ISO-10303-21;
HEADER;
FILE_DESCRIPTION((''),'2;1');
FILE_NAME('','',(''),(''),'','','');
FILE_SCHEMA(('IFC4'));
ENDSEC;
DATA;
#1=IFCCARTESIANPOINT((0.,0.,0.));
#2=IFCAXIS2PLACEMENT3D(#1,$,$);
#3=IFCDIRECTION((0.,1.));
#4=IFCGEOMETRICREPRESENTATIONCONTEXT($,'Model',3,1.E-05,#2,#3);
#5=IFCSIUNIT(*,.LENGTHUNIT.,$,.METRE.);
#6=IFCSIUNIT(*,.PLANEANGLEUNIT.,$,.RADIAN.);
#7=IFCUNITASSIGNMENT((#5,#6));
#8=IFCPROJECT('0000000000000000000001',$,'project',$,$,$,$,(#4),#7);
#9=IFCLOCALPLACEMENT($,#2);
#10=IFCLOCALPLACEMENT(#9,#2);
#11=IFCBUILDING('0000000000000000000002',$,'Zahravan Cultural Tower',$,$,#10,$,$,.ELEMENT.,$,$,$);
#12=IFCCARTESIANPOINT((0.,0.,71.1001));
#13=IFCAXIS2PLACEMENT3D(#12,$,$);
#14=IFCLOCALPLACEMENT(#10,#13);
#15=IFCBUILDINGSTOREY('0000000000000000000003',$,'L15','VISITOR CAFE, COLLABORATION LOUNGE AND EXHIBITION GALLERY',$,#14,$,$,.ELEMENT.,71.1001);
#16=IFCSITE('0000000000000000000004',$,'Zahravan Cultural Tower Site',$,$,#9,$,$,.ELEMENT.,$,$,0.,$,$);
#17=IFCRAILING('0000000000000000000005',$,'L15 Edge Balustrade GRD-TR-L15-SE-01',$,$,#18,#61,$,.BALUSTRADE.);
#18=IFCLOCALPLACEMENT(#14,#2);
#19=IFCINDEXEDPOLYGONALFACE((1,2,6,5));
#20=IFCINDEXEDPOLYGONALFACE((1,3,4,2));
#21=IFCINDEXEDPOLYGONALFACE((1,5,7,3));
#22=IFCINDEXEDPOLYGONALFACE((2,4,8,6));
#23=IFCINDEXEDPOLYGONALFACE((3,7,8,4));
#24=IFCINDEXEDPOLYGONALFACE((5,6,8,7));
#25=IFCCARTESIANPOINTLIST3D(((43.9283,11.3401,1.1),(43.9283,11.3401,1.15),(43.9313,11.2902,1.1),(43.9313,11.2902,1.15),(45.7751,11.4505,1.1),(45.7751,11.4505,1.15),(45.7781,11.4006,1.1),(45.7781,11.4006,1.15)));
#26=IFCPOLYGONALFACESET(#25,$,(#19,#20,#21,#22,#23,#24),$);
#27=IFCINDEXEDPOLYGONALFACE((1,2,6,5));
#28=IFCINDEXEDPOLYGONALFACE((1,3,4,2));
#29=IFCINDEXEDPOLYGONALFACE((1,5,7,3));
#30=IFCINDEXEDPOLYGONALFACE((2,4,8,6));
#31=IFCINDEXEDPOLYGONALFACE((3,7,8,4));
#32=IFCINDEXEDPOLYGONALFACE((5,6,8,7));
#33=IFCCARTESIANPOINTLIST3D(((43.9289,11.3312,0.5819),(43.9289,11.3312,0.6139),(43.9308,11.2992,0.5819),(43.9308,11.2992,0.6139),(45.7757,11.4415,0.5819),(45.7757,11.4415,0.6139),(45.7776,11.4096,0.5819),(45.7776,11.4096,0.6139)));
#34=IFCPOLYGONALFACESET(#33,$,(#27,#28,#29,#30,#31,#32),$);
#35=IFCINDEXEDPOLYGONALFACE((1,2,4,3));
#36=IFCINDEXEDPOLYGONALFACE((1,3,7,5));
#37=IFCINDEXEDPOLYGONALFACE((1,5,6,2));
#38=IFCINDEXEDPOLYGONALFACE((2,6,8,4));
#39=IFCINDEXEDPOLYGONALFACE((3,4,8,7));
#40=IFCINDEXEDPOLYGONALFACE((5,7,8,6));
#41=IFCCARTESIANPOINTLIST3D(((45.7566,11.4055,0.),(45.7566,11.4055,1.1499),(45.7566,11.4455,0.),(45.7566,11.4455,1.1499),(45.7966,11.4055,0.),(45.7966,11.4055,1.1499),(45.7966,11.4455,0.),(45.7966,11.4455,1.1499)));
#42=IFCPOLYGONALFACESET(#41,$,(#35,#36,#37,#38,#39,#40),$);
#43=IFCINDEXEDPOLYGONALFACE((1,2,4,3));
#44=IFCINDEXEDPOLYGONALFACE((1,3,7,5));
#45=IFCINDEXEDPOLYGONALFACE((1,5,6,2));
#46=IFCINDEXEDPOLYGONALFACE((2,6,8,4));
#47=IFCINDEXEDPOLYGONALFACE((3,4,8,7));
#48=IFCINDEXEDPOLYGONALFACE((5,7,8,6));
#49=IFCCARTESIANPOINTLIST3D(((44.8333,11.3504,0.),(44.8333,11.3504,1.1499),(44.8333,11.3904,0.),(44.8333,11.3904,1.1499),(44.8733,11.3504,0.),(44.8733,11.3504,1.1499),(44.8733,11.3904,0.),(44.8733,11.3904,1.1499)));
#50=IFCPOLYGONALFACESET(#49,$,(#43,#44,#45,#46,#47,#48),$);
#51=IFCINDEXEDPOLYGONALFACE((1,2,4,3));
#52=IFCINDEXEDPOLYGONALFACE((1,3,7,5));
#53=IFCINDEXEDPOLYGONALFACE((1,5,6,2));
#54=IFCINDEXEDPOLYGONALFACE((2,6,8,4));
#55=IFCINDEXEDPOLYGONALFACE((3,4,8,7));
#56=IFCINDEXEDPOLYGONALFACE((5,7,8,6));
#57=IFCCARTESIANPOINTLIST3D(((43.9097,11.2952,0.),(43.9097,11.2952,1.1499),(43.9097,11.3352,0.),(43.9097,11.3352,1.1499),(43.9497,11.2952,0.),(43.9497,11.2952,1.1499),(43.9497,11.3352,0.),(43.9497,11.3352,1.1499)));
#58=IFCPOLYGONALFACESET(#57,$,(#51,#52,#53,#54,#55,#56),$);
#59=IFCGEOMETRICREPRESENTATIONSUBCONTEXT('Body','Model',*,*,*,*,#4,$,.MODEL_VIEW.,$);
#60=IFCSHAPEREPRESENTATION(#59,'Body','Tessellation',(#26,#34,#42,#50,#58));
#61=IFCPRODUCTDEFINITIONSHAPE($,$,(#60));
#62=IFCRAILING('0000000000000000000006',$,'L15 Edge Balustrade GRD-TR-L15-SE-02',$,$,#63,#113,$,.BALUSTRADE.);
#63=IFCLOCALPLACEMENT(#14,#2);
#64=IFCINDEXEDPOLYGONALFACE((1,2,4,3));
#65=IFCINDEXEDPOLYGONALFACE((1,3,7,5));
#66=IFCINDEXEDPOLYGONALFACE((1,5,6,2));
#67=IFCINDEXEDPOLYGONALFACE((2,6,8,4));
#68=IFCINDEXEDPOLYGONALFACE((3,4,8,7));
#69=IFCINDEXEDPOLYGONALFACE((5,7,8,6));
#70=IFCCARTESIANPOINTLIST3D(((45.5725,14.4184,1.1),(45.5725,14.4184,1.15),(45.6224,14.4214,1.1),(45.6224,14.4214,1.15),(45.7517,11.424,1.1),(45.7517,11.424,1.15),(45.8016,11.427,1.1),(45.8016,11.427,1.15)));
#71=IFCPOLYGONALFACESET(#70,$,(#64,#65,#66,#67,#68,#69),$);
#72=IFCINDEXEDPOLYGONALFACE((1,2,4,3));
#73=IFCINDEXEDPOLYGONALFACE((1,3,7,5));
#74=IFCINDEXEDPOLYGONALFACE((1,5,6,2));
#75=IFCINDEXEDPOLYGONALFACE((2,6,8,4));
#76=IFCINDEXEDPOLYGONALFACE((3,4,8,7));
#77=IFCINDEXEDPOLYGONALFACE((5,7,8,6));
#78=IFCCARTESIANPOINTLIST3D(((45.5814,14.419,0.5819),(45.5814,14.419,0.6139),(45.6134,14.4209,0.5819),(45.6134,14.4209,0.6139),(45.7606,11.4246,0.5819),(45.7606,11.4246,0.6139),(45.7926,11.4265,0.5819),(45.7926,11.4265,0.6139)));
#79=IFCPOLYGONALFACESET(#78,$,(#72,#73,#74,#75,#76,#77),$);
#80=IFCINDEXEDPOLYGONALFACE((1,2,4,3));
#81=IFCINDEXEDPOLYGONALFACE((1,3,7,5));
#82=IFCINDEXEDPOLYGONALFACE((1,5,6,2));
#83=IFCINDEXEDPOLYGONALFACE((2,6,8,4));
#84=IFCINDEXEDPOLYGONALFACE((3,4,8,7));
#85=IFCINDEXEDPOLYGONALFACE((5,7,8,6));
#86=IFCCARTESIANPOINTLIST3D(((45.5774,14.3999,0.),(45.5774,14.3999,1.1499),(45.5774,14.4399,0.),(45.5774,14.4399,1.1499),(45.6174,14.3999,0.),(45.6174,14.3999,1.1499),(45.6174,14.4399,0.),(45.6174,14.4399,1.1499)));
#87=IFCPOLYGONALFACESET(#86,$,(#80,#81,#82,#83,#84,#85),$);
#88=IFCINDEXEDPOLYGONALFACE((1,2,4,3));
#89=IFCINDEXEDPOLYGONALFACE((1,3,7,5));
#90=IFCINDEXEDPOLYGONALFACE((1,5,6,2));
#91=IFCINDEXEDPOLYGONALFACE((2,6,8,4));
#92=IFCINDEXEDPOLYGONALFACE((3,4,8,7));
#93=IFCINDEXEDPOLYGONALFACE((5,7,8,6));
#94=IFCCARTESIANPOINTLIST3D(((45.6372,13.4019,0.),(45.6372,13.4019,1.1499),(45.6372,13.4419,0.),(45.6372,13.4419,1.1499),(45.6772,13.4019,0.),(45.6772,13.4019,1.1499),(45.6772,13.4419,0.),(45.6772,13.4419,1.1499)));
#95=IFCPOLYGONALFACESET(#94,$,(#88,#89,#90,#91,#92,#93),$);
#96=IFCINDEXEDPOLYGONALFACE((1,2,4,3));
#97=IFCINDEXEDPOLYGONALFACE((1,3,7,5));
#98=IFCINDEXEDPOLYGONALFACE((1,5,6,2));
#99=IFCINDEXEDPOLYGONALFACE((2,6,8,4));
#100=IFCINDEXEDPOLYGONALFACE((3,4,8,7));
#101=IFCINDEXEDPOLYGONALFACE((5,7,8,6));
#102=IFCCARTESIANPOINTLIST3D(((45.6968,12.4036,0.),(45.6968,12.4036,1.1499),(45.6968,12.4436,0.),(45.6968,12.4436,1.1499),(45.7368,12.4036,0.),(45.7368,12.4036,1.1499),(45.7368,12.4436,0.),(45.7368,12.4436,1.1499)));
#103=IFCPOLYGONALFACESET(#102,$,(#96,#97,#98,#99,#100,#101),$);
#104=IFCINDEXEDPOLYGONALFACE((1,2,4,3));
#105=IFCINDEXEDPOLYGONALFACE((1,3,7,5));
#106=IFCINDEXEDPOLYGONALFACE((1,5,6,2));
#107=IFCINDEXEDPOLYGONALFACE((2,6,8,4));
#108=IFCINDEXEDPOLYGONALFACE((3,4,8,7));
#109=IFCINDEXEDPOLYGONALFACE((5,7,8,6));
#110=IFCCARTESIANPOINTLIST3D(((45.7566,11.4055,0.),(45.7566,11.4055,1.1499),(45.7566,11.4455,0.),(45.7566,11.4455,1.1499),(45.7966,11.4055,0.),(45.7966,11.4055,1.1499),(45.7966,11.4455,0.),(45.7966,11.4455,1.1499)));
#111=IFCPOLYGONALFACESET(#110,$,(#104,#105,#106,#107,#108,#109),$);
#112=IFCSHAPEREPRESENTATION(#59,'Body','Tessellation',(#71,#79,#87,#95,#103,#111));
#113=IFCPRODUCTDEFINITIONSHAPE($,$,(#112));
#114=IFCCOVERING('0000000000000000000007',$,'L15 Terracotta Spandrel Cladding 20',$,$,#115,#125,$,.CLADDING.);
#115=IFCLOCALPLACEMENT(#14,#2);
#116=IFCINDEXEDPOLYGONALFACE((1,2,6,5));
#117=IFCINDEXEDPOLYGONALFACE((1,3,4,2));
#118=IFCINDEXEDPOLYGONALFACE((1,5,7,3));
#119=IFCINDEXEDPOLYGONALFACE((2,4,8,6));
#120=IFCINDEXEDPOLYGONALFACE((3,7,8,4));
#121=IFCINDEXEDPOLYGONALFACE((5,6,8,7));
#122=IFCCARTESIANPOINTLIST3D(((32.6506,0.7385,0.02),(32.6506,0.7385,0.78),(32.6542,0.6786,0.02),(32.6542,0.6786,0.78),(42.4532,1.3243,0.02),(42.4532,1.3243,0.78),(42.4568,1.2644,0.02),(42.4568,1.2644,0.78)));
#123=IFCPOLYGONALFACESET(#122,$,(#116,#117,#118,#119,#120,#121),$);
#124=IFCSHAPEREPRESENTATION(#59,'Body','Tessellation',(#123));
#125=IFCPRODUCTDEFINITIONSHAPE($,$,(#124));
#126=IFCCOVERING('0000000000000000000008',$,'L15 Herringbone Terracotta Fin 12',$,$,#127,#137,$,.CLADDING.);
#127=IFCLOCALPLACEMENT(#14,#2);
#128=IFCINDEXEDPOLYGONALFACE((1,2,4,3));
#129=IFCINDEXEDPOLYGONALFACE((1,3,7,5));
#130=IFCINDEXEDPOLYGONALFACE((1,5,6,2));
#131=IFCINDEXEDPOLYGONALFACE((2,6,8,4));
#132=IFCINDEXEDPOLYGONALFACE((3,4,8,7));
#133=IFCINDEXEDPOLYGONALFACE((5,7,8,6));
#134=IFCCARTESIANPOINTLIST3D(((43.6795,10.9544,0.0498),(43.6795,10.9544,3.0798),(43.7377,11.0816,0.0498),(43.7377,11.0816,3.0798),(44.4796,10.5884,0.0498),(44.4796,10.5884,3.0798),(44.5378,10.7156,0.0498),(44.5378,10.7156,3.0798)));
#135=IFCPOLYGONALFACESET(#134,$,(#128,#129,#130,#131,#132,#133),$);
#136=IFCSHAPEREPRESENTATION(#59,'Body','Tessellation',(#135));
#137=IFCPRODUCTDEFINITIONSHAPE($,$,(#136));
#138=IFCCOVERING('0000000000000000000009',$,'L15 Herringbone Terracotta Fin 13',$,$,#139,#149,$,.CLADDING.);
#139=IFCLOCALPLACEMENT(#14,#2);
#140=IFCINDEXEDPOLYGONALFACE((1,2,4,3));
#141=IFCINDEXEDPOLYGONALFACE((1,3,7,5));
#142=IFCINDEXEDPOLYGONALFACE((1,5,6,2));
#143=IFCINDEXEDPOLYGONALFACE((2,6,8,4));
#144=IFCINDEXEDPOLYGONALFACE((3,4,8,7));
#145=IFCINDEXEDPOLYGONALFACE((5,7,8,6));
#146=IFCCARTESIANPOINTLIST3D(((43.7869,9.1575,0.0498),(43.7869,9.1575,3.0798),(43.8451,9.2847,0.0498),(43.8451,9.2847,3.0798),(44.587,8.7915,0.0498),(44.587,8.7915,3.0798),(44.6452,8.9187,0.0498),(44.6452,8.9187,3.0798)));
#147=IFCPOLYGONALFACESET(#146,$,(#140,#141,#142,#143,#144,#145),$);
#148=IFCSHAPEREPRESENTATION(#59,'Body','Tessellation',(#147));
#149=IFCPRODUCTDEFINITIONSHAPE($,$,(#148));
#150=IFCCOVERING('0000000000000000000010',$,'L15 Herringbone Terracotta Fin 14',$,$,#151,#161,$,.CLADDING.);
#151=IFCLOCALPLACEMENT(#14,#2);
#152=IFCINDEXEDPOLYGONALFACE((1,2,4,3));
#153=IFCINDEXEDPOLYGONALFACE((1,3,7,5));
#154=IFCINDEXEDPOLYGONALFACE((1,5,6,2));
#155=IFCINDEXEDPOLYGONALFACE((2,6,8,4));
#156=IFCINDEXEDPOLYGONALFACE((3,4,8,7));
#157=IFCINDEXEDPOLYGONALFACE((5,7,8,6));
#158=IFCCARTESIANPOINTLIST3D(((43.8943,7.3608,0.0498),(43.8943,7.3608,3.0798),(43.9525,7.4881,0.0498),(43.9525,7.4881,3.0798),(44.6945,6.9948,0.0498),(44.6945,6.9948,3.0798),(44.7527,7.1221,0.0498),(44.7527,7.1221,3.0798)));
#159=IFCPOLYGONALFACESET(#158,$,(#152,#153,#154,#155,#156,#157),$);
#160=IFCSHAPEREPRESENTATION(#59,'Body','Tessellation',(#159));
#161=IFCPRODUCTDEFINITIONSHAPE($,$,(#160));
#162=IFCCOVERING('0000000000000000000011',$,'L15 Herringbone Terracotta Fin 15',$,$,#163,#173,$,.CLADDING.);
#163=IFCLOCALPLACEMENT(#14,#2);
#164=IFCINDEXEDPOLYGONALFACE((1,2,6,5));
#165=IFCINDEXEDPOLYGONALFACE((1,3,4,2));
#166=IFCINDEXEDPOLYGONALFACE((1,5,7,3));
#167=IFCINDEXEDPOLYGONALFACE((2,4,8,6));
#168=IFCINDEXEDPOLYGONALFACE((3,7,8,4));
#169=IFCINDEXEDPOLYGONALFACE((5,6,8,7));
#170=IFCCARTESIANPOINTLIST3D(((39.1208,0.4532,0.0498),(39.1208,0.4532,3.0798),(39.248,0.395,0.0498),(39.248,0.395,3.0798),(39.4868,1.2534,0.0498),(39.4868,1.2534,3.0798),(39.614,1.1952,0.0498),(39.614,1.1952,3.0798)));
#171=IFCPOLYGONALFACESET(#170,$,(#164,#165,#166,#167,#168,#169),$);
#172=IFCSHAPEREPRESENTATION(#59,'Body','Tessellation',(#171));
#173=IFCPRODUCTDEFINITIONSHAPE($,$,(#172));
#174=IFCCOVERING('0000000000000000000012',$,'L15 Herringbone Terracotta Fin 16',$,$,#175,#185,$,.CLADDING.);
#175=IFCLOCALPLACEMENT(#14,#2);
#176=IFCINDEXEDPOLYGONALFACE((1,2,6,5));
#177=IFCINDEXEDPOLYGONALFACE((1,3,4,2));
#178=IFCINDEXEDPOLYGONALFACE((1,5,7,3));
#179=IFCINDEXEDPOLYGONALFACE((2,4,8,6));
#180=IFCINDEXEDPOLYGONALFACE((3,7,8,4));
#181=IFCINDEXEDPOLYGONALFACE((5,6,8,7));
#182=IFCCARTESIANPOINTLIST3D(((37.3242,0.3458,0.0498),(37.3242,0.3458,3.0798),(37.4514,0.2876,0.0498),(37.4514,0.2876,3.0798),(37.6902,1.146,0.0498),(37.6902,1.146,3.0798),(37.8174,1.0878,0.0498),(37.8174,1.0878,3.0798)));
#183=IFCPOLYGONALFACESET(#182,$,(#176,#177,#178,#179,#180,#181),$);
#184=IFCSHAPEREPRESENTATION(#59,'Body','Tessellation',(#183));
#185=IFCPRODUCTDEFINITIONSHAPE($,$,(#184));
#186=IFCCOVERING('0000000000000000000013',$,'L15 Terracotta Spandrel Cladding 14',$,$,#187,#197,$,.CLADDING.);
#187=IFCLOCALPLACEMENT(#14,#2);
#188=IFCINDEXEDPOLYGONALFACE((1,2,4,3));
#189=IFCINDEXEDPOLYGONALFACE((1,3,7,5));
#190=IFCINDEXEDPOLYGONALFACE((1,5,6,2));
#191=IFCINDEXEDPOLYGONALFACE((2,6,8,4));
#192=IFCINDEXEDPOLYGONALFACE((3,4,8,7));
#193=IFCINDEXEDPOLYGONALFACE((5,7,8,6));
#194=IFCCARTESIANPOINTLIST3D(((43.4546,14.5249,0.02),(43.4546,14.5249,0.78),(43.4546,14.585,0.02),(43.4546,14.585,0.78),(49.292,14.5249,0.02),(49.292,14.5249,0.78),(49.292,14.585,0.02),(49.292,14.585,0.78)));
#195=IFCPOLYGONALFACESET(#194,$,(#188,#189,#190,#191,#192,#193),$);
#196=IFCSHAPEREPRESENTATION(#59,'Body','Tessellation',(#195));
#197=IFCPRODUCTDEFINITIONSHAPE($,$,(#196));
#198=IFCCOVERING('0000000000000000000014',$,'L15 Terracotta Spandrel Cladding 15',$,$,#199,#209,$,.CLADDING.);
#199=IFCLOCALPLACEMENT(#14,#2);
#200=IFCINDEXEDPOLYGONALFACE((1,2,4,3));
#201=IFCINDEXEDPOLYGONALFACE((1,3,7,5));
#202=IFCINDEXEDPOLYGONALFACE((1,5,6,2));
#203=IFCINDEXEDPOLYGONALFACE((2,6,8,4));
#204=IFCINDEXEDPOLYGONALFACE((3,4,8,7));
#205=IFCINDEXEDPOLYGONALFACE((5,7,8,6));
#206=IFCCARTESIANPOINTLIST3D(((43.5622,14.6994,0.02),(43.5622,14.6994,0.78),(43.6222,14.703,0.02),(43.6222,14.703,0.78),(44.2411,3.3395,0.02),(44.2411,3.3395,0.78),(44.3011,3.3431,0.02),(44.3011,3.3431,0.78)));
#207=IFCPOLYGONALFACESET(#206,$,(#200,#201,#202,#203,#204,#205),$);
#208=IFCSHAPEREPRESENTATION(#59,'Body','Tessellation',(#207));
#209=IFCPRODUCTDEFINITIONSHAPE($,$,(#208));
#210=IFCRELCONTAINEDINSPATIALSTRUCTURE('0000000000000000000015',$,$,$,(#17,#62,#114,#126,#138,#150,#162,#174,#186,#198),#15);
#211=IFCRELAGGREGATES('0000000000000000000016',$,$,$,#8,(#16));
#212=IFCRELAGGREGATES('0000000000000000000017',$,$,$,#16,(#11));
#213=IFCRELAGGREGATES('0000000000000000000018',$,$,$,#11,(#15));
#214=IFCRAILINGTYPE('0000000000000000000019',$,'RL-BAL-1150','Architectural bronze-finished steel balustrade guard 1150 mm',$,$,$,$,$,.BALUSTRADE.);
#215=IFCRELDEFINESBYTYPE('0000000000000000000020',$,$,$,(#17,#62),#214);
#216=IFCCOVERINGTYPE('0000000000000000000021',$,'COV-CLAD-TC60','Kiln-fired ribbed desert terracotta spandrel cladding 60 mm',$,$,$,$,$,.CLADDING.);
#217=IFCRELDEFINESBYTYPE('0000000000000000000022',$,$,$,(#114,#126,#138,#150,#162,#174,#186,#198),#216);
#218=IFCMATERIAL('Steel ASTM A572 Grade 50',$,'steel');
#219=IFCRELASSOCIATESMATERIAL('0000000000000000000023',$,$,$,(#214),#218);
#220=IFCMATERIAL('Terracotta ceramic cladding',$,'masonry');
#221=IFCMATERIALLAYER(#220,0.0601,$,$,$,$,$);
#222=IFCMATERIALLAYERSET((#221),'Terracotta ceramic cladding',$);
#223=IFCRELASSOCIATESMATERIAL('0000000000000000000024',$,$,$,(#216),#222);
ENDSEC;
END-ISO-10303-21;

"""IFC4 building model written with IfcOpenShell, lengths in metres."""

from ifc_helpers import new_model, si_unit, direction, frame, origin, origin_2d, place, context, subcontext, project, spatial, rectangle, extrude, source, transform, mapped, material, layer, layer_set, type_object, element, save


model = new_model("IFC4")

# Units and contexts
model_context = context("Model", 3, precision=1e-05, world=origin(), true_north=direction((0.0, 1.0)))
body_context = subcontext(model_context, "Body", "Model", "MODEL_VIEW")
ifc_project = project(units=[si_unit("LENGTHUNIT", "METRE"), si_unit("PLANEANGLEUNIT", "RADIAN")], contexts=[model_context])

# Site, building, storey
site_placement = place(None, origin())
site = spatial("IfcSite", under=ifc_project, at=site_placement, Name="Zahravan Cultural Tower Site", CompositionType="ELEMENT", RefElevation=0.0)
building_placement = place(site_placement, origin())
building = spatial("IfcBuilding", under=site, at=building_placement, Name="Zahravan Cultural Tower", CompositionType="ELEMENT")
storey_placement = place(building_placement, frame((0.0, 0.0, 71.1001)))
storey = spatial("IfcBuildingStorey", under=building, at=storey_placement, Name="L15", Description="VISITOR CAFE, COLLABORATION LOUNGE AND EXHIBITION GALLERY", CompositionType="ELEMENT", Elevation=71.1001)

# Shared definitions
ifc_material_1 = material(Name="Steel ASTM A572 Grade 50", Category="steel")

# Railings
railing_type = type_object("IfcRailingType", Name="RL-BAL-1150", Description="Architectural bronze-finished steel balustrade guard 1150 mm", PredefinedType="BALUSTRADE", material=ifc_material_1)
railing_1_placement = place(storey_placement, frame((45.7766, 11.4255, 0.0)))
element("IfcRailing", 1, at=railing_1_placement, inside=storey, type_object=railing_type, Name="L15 Edge Balustrade GRD-TR-L15-SE-01", PredefinedType="BALUSTRADE", context=body_context, shape_type="SweptSolid", body=[
    extrude(rectangle(XDim=0.05, YDim=0.05, at=origin_2d()), frame((0.0, 0.0, 1.125), z_axis=(-0.99822, -0.059642, 0.0), x_axis=(0.059642, -0.99822, 0.0)), (0.0, 0.0, 1.0), 1.8501),
    extrude(rectangle(XDim=0.032, YDim=0.032, at=origin_2d()), frame((0.0, 0.0, 0.5979), z_axis=(-0.99822, -0.059642, 0.0), x_axis=(0.059642, -0.99822, 0.0)), (0.0, 0.0, 1.0), 1.8501),
    extrude(rectangle(XDim=0.04, YDim=0.04, at=origin_2d()), origin(), (0.0, 0.0, 1.0), 1.1499),
    extrude(rectangle(XDim=0.04, YDim=0.04, at=origin_2d()), frame((-0.9233, -0.0552, 0.0)), (0.0, 0.0, 1.0), 1.1499),
    extrude(rectangle(XDim=0.04, YDim=0.04, at=origin_2d()), frame((-1.8469, -0.1104, 0.0)), (0.0, 0.0, 1.0), 1.1499),
])
railing_2_placement = place(storey_placement, frame((45.5974, 14.4199, 0.0)))
element("IfcRailing", 2, at=railing_2_placement, inside=storey, type_object=railing_type, Name="L15 Edge Balustrade GRD-TR-L15-SE-02", PredefinedType="BALUSTRADE", context=body_context, shape_type="SweptSolid", body=[
    extrude(rectangle(XDim=0.05, YDim=0.05, at=origin_2d()), frame((0.0, 0.0, 1.125), z_axis=(0.059738, -0.998214, 0.0), x_axis=(0.998214, 0.059738, 0.0)), (0.0, 0.0, 1.0), 2.9998),
    extrude(rectangle(XDim=0.032, YDim=0.032, at=origin_2d()), frame((0.0, 0.0, 0.5979), z_axis=(0.059738, -0.998214, 0.0), x_axis=(0.998214, 0.059738, 0.0)), (0.0, 0.0, 1.0), 2.9998),
    extrude(rectangle(XDim=0.04, YDim=0.04, at=origin_2d()), origin(), (0.0, 0.0, 1.0), 1.1499),
    extrude(rectangle(XDim=0.04, YDim=0.04, at=origin_2d()), frame((0.0598, -0.998, 0.0)), (0.0, 0.0, 1.0), 1.1499),
    extrude(rectangle(XDim=0.04, YDim=0.04, at=origin_2d()), frame((0.1194, -1.9963, 0.0)), (0.0, 0.0, 1.0), 1.1499),
    extrude(rectangle(XDim=0.04, YDim=0.04, at=origin_2d()), frame((0.1792, -2.9944, 0.0)), (0.0, 0.0, 1.0), 1.1499),
])

# Coverings
ifc_material_2 = material(Name="Terracotta ceramic cladding", Category="masonry")
ifc_layer_1 = layer(ifc_material_2, 0.0601)
ifc_layer_set_1 = layer_set([ifc_layer_1], Name="Terracotta ceramic cladding")
covering_type = type_object("IfcCoveringType", Name="COV-CLAD-TC60", Description="Kiln-fired ribbed desert terracotta spandrel cladding 60 mm", PredefinedType="CLADDING", material=ifc_layer_set_1)
shared_shape_1 = source(origin(), body_context, "Body", "SweptSolid", [
    extrude(rectangle(XDim=9.8201, YDim=0.0601, at=origin_2d()), origin(), (0.0, 0.0, 1.0), 0.76),
])
covering_1_placement = place(storey_placement, frame((37.5537, 1.0015, 0.02), z_axis=(0.0, 0.0, 1.0), x_axis=(-0.998219, -0.059655, 0.0)))
element("IfcCovering", 3, at=covering_1_placement, inside=storey, type_object=covering_type, Name="L15 Terracotta Spandrel Cladding 20", PredefinedType="CLADDING", context=body_context, shape_type="MappedRepresentation", body=[
    mapped(shared_shape_1, transform((0.0, 0.0, 0.0), x_axis=(1.0, 0.0, 0.0), y_axis=(0.0, 1.0, 0.0), z_axis=(0.0, 0.0, 1.0), scale=1.0)),
])
shared_shape_2 = source(origin(), body_context, "Body", "SweptSolid", [
    extrude(rectangle(XDim=0.8799, YDim=0.1399, at=origin_2d()), origin(), (0.0, 0.0, 1.0), 3.03),
])
for number, where, z_axis, x_axis, name in (
    (4, (44.1086, 10.835, 0.0498), (0.0, 0.0, 1.0), (0.909381, -0.415963, 0.0), "L15 Herringbone Terracotta Fin 12"),
    (5, (44.2161, 9.0381, 0.0498), (0.0, 0.0, 1.0), (0.909381, -0.415963, 0.0), "L15 Herringbone Terracotta Fin 13"),
    (6, (44.3235, 7.2415, 0.0498), (0.0, 0.0, 1.0), (0.909381, -0.415963, 0.0), "L15 Herringbone Terracotta Fin 14"),
    (7, (39.3674, 0.8242, 0.0498), (0.0, 0.0, 1.0), (-0.415963, -0.909381, 0.0), "L15 Herringbone Terracotta Fin 15"),
    (8, (37.5708, 0.7168, 0.0498), (0.0, 0.0, 1.0), (-0.415963, -0.909381, 0.0), "L15 Herringbone Terracotta Fin 16"),
):
    element("IfcCovering", number, at=place(storey_placement, frame(where, z_axis=z_axis, x_axis=x_axis)), inside=storey, type_object=covering_type, Name=name, PredefinedType="CLADDING", context=body_context, shape_type="MappedRepresentation", body=[
        mapped(shared_shape_2, transform((0.0, 0.0, 0.0), x_axis=(1.0, 0.0, 0.0), y_axis=(0.0, 1.0, 0.0), z_axis=(0.0, 0.0, 1.0), scale=1.0)),
    ])
shared_shape_3 = source(origin(), body_context, "Body", "SweptSolid", [
    extrude(rectangle(XDim=5.8374, YDim=0.0601, at=origin_2d()), origin(), (0.0, 0.0, 1.0), 0.76),
])
covering_2_placement = place(storey_placement, frame((46.3733, 14.5549, 0.02), z_axis=(0.0, 0.0, 1.0), x_axis=(-1.0, 0.0, 0.0)))
element("IfcCovering", 9, at=covering_2_placement, inside=storey, type_object=covering_type, Name="L15 Terracotta Spandrel Cladding 14", PredefinedType="CLADDING", context=body_context, shape_type="MappedRepresentation", body=[
    mapped(shared_shape_3, transform((0.0, 0.0, 0.0), x_axis=(1.0, 0.0, 0.0), y_axis=(0.0, 1.0, 0.0), z_axis=(0.0, 0.0, 1.0), scale=1.0)),
])
shared_shape_4 = source(origin(), body_context, "Body", "SweptSolid", [
    extrude(rectangle(XDim=11.3801, YDim=0.0601, at=origin_2d()), origin(), (0.0, 0.0, 1.0), 0.76),
])
covering_3_placement = place(storey_placement, frame((43.9316, 9.0212, 0.02), z_axis=(0.0, 0.0, 1.0), x_axis=(0.059655, -0.998219, 0.0)))
element("IfcCovering", 10, at=covering_3_placement, inside=storey, type_object=covering_type, Name="L15 Terracotta Spandrel Cladding 15", PredefinedType="CLADDING", context=body_context, shape_type="MappedRepresentation", body=[
    mapped(shared_shape_4, transform((0.0, 0.0, 0.0), x_axis=(1.0, 0.0, 0.0), y_axis=(0.0, 1.0, 0.0), z_axis=(0.0, 0.0, 1.0), scale=1.0)),
])

save(model, "model.ifc")
